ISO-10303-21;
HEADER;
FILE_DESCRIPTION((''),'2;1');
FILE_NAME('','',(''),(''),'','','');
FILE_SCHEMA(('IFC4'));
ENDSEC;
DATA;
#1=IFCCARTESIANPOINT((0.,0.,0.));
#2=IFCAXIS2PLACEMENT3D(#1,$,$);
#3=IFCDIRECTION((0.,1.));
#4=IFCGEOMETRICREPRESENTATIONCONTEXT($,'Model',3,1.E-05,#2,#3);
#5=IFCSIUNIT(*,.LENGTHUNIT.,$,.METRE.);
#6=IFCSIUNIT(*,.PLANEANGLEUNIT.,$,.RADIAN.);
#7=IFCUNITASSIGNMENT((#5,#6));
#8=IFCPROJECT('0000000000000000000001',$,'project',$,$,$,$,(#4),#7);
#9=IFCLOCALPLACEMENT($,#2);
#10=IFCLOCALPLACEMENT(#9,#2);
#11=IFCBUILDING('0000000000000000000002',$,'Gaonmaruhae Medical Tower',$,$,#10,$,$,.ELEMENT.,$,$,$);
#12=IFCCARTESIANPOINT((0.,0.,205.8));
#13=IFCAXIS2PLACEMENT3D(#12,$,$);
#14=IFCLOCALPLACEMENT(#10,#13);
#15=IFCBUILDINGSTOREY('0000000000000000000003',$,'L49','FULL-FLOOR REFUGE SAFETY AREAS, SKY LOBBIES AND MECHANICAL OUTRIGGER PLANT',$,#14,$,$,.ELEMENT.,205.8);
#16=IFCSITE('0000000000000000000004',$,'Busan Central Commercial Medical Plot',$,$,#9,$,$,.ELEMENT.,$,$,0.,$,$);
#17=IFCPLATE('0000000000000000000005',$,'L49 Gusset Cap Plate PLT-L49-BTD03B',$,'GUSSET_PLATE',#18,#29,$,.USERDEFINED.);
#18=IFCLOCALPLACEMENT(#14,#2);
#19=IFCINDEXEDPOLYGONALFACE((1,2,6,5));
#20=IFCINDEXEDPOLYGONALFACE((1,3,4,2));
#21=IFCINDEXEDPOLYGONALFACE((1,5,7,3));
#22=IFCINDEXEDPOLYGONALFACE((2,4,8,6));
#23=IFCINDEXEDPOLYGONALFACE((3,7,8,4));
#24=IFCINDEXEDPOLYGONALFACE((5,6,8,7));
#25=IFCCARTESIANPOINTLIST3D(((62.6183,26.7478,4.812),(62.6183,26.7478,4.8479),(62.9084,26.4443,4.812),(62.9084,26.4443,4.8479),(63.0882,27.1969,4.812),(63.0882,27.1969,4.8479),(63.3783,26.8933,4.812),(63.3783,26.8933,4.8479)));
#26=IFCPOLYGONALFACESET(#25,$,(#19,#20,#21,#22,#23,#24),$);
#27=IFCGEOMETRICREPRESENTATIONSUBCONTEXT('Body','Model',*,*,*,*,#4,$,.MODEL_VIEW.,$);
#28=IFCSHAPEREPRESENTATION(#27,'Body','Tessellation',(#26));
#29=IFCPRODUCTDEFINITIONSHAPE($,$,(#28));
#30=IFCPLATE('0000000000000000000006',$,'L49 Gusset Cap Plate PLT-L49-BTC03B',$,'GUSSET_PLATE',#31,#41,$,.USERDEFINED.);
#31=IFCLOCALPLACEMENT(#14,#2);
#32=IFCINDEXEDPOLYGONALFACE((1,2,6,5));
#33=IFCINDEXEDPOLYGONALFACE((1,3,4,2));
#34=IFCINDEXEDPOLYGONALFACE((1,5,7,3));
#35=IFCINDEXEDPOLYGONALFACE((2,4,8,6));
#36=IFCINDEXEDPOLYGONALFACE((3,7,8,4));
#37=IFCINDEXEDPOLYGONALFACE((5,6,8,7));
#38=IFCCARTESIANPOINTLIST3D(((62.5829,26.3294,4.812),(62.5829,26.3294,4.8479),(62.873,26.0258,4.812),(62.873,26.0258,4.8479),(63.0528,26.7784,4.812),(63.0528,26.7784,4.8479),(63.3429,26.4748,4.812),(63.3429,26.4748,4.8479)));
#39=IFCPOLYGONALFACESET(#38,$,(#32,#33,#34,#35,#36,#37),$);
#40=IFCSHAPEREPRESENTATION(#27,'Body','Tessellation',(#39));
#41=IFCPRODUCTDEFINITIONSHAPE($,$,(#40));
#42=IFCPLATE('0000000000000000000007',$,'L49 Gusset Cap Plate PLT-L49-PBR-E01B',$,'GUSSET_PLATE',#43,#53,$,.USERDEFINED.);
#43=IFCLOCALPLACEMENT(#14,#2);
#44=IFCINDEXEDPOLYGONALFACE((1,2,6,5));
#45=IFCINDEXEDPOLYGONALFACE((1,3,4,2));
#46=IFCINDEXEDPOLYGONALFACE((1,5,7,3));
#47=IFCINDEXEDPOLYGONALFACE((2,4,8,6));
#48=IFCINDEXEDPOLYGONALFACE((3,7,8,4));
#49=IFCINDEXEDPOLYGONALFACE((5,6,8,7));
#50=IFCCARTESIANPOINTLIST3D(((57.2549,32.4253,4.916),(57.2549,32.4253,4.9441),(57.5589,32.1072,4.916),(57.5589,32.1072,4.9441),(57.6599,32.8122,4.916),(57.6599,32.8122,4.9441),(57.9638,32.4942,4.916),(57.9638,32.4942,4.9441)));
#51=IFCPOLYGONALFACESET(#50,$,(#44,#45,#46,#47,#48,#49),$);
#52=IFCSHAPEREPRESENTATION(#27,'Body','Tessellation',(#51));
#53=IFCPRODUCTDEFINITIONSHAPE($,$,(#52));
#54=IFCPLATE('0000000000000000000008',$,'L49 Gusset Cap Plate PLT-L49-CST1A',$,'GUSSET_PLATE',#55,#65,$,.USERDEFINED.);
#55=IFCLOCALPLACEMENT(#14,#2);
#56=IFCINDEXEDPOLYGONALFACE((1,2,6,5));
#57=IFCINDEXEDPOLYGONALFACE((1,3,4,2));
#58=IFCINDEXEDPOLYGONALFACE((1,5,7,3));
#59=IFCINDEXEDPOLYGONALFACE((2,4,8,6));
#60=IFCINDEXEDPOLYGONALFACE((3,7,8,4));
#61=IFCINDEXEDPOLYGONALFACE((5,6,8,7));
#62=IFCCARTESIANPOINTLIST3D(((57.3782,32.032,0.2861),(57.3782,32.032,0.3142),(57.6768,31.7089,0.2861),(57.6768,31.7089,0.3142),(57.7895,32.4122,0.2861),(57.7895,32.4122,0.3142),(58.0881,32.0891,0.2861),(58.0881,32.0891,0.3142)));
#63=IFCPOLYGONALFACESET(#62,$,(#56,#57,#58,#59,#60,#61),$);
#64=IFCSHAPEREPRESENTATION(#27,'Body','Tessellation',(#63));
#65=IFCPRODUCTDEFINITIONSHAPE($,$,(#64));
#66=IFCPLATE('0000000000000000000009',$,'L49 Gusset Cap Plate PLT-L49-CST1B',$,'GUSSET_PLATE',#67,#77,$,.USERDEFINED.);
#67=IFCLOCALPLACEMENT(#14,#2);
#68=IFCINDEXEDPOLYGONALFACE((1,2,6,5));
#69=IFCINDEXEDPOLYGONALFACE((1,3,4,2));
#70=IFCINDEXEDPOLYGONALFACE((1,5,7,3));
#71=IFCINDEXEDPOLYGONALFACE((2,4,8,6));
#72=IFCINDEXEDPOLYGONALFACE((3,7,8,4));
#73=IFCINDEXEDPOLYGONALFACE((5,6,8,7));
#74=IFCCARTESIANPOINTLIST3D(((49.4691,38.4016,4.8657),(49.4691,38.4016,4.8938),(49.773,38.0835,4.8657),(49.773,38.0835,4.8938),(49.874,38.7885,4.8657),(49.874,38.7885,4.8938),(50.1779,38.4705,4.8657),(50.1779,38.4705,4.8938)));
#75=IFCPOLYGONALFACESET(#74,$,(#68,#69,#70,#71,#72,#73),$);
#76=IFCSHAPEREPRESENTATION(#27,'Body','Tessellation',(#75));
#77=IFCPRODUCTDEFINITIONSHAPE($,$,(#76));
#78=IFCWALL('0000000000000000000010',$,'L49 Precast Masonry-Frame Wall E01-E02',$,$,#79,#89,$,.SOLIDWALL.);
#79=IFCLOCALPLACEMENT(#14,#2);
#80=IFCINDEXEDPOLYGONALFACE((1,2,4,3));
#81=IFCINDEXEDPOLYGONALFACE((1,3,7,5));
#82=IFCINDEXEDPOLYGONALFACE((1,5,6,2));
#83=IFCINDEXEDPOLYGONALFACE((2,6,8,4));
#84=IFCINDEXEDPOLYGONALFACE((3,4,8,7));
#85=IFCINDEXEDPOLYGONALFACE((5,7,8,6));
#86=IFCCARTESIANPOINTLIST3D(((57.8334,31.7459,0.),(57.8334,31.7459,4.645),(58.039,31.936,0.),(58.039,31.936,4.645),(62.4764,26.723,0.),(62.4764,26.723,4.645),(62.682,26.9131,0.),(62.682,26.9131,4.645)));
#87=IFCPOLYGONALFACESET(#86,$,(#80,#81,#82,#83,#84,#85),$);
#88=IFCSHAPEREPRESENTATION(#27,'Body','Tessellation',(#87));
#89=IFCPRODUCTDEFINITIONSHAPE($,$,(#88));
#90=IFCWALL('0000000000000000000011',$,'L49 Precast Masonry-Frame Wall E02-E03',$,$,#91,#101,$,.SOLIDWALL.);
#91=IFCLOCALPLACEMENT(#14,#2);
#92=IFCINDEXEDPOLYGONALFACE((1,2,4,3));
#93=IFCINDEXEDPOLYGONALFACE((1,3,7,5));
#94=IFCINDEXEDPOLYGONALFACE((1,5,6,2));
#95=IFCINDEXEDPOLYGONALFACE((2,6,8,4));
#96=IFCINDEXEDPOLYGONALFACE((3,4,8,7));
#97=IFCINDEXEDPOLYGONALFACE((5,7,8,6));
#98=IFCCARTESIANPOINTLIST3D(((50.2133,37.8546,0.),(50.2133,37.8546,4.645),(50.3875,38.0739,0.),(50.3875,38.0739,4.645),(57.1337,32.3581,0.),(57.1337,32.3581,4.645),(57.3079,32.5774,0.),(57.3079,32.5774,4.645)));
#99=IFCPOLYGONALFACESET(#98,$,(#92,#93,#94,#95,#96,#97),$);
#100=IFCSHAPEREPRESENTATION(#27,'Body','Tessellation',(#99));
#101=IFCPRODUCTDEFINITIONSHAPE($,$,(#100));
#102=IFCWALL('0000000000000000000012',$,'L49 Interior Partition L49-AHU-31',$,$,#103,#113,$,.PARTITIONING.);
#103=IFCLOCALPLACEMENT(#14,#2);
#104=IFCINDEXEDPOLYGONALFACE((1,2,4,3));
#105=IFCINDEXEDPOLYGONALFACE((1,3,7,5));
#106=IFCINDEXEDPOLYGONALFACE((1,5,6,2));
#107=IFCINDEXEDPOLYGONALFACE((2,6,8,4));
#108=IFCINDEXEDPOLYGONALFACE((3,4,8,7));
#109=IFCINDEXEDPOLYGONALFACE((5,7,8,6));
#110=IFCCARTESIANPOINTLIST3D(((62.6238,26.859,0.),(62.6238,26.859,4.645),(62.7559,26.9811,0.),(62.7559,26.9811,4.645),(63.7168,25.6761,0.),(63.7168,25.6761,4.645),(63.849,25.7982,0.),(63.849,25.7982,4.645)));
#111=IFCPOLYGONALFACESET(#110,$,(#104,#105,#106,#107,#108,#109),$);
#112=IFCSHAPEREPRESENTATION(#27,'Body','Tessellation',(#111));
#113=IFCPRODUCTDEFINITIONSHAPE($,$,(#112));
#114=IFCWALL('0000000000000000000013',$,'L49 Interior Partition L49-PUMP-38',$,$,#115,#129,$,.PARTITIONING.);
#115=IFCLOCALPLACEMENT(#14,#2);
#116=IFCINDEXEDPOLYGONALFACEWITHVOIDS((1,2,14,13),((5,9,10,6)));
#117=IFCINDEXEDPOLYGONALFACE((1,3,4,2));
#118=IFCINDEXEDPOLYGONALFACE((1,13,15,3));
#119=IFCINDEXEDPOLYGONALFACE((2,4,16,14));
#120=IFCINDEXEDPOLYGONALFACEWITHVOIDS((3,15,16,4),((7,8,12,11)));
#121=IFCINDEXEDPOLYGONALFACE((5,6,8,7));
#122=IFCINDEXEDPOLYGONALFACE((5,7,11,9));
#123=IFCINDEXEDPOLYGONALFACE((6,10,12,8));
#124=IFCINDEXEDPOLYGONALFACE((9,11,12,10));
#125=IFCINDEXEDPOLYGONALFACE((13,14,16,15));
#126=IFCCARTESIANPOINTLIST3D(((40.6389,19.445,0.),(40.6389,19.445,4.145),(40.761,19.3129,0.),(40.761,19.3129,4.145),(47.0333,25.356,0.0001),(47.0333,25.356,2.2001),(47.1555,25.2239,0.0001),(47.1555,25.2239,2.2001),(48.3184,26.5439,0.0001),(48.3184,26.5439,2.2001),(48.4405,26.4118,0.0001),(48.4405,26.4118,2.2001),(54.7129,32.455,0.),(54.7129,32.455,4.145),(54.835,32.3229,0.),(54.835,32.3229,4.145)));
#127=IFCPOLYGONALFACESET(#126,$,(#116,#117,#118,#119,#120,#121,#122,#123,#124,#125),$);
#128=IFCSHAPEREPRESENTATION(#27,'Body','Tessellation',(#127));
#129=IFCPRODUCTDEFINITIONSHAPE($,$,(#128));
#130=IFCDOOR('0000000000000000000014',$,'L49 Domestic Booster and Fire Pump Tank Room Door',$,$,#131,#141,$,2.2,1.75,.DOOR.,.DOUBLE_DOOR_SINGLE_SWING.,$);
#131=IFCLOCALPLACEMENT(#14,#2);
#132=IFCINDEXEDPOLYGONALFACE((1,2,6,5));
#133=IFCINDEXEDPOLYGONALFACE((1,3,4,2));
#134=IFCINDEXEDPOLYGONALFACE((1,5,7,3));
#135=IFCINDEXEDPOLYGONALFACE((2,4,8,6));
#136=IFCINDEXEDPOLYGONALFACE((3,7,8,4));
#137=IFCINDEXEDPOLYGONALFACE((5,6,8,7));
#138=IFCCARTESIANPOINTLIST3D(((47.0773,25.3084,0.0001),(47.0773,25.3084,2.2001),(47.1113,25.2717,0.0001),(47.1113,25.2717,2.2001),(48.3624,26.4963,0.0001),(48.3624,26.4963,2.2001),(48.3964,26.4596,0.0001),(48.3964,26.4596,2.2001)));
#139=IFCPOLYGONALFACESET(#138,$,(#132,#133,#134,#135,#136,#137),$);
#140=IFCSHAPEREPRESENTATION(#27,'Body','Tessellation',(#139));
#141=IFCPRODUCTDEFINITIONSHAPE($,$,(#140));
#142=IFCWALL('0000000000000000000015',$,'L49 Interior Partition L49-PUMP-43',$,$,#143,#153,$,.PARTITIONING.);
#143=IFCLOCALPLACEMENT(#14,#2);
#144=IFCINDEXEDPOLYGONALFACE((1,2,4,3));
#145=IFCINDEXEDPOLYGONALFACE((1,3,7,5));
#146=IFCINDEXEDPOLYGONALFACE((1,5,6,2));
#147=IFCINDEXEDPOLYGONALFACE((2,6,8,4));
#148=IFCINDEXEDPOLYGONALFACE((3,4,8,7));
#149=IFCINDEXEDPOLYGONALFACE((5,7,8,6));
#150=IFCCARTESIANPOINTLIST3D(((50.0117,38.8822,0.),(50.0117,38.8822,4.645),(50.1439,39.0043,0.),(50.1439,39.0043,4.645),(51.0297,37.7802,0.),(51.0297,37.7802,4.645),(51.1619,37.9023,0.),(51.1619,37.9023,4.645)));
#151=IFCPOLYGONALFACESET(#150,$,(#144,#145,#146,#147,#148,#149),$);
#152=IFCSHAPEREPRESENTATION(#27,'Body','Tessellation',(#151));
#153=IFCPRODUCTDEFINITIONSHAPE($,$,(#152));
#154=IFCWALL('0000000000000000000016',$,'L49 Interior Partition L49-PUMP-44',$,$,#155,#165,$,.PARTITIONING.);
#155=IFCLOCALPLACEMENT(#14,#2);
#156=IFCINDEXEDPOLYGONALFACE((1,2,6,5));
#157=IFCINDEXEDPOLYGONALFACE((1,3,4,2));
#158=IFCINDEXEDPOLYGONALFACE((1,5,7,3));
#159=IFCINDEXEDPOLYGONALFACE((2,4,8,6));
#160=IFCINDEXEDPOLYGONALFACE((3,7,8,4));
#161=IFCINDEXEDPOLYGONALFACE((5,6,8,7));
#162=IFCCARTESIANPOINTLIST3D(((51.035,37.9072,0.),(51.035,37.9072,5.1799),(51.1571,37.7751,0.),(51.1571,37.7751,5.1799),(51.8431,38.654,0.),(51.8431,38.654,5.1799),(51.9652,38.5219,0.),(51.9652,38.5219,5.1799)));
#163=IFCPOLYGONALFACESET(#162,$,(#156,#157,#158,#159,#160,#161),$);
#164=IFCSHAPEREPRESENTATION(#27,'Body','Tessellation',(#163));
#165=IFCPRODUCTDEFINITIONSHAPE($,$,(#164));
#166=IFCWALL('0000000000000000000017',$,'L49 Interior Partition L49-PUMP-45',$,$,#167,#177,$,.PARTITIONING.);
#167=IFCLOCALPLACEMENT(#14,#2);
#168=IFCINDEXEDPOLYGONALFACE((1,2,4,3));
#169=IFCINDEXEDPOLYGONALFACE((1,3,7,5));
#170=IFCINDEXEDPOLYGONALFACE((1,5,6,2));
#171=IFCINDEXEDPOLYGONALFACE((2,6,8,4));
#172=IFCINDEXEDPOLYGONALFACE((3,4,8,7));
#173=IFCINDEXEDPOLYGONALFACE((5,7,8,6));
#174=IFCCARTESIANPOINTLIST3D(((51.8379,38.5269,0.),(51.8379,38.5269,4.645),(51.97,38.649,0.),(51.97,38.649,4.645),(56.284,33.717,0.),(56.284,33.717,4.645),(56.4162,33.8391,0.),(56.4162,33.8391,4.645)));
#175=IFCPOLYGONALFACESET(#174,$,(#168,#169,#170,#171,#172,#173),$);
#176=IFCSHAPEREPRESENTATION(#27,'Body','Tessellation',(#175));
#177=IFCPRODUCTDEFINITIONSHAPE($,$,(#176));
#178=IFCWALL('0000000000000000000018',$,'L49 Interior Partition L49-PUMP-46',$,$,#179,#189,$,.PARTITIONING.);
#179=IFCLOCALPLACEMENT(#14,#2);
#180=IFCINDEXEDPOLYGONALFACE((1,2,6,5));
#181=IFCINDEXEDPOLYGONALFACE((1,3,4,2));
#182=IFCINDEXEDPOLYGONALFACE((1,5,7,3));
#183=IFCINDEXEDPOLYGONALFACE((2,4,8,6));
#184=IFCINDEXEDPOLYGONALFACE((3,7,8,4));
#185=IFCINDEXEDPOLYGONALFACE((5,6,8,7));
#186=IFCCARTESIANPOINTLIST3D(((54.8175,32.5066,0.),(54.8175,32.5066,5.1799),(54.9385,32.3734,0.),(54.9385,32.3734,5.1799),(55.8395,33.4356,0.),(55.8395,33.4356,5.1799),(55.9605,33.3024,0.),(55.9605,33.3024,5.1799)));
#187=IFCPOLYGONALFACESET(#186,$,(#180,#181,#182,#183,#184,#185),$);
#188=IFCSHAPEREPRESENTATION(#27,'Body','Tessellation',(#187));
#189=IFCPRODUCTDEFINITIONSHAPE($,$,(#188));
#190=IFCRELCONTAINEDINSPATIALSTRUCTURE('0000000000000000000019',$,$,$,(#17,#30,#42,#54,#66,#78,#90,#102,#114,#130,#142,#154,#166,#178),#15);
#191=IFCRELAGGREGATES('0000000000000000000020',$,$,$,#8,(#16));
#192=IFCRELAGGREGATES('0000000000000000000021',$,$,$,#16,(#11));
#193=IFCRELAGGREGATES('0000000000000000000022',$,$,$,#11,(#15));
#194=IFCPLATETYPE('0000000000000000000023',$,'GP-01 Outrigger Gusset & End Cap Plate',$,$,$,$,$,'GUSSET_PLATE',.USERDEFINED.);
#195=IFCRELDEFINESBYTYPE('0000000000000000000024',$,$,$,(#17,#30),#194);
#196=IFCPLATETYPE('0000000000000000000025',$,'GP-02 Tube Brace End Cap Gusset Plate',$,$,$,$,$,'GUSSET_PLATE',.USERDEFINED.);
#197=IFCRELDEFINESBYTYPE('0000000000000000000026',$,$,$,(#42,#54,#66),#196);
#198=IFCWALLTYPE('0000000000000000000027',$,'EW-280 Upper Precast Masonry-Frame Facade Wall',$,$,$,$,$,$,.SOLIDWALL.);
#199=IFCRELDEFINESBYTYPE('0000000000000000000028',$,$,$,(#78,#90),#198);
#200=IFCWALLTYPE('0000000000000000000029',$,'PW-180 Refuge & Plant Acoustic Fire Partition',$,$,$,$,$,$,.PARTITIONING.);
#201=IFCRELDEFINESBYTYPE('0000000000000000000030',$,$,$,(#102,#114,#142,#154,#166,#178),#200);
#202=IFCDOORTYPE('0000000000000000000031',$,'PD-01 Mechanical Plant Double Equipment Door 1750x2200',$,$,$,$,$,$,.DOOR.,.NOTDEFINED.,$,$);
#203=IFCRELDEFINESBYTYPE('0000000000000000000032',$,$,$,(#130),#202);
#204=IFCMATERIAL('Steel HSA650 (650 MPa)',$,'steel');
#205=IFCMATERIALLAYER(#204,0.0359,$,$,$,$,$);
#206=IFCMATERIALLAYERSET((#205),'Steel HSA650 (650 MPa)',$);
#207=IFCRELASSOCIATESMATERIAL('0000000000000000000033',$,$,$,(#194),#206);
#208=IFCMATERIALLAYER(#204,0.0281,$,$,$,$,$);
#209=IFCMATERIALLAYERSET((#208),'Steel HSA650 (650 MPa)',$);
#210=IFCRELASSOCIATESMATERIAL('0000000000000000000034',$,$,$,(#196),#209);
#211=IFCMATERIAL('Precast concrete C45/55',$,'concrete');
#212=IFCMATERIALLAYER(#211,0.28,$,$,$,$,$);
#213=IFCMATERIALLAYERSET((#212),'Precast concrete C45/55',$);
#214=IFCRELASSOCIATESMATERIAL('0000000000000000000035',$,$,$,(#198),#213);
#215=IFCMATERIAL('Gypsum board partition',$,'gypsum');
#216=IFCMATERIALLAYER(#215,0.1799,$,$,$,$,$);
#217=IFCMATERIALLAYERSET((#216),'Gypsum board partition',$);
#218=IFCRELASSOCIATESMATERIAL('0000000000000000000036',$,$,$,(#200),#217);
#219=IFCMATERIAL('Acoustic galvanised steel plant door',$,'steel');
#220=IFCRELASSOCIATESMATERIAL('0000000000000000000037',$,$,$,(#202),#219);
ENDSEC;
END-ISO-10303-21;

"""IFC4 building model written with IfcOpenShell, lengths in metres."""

from ifc_helpers import new_model, si_unit, direction, frame, frame_2d, origin, origin_2d, place, context, subcontext, project, spatial, rectangle, extrude, material, layer, layer_set, type_object, element, fill, save


model = new_model("IFC4")

# Units and contexts
model_context = context("Model", 3, precision=1e-05, world=origin(), true_north=direction((0.0, 1.0)))
body_context = subcontext(model_context, "Body", "Model", "MODEL_VIEW")
ifc_project = project(units=[si_unit("LENGTHUNIT", "METRE"), si_unit("PLANEANGLEUNIT", "RADIAN")], contexts=[model_context])

# Site, building, storey
site_placement = place(None, origin())
site = spatial("IfcSite", under=ifc_project, at=site_placement, Name="Busan Central Commercial Medical Plot", CompositionType="ELEMENT", RefElevation=0.0)
building_placement = place(site_placement, origin())
building = spatial("IfcBuilding", under=site, at=building_placement, Name="Gaonmaruhae Medical Tower", CompositionType="ELEMENT")
storey_placement = place(building_placement, frame((0.0, 0.0, 205.8)))
storey = spatial("IfcBuildingStorey", under=building, at=storey_placement, Name="L49", Description="FULL-FLOOR REFUGE SAFETY AREAS, SKY LOBBIES AND MECHANICAL OUTRIGGER PLANT", CompositionType="ELEMENT", Elevation=205.8)

# Plates
ifc_material_1 = material(Name="Steel HSA650 (650 MPa)", Category="steel")
ifc_layer_1 = layer(ifc_material_1, 0.0359)
ifc_layer_set_1 = layer_set([ifc_layer_1], Name="Steel HSA650 (650 MPa)")
plate_type_1 = type_object("IfcPlateType", Name="GP-01 Outrigger Gusset & End Cap Plate", ElementType="GUSSET_PLATE", PredefinedType="USERDEFINED", material=ifc_layer_set_1)
for number, where, z_axis, x_axis, name in (
    (1, (62.9983, 26.8206, 4.812), (0.0, 0.0, 1.0), (0.722967, 0.690882, 0.0), "L49 Gusset Cap Plate PLT-L49-BTD03B"),
    (2, (62.9629, 26.4021, 4.812), (0.0, 0.0, 1.0), (0.722967, 0.690882, 0.0), "L49 Gusset Cap Plate PLT-L49-BTC03B"),
):
    element("IfcPlate", number, at=place(storey_placement, frame(where, z_axis=z_axis, x_axis=x_axis)), inside=storey, type_object=plate_type_1, Name=name, ObjectType="GUSSET_PLATE", PredefinedType="USERDEFINED", context=body_context, shape_type="SweptSolid", body=[
        extrude(rectangle(XDim=0.6499, YDim=0.4199, at=origin_2d()), origin(), (0.0, 0.0, 1.0), 0.0359),
    ])
ifc_layer_2 = layer(ifc_material_1, 0.0281)
ifc_layer_set_2 = layer_set([ifc_layer_2], Name="Steel HSA650 (650 MPa)")
plate_type_2 = type_object("IfcPlateType", Name="GP-02 Tube Brace End Cap Gusset Plate", ElementType="GUSSET_PLATE", PredefinedType="USERDEFINED", material=ifc_layer_set_2)
for number, where, z_axis, x_axis, name in (
    (3, (57.6094, 32.4597, 4.916), (0.0, 0.0, 1.0), (0.722967, 0.690882, 0.0), "L49 Gusset Cap Plate PLT-L49-PBR-E01B"),
    (4, (57.7332, 32.0605, 0.2861), (0.0, 0.0, 1.0), (0.734323, 0.678801, 0.0), "L49 Gusset Cap Plate PLT-L49-CST1A"),
    (5, (49.8235, 38.436, 4.8657), (0.0, 0.0, 1.0), (0.722967, 0.690882, 0.0), "L49 Gusset Cap Plate PLT-L49-CST1B"),
):
    element("IfcPlate", number, at=place(storey_placement, frame(where, z_axis=z_axis, x_axis=x_axis)), inside=storey, type_object=plate_type_2, Name=name, ObjectType="GUSSET_PLATE", PredefinedType="USERDEFINED", context=body_context, shape_type="SweptSolid", body=[
        extrude(rectangle(XDim=0.5601, YDim=0.4399, at=origin_2d()), origin(), (0.0, 0.0, 1.0), 0.0281),
    ])

# Walls
ifc_material_2 = material(Name="Precast concrete C45/55", Category="concrete")
ifc_layer_3 = layer(ifc_material_2, 0.28)
ifc_layer_set_3 = layer_set([ifc_layer_3], Name="Precast concrete C45/55")
wall_type_1 = type_object("IfcWallType", Name="EW-280 Upper Precast Masonry-Frame Facade Wall", PredefinedType="SOLIDWALL", material=ifc_layer_set_3)
wall_1_placement = place(storey_placement, frame((57.9363, 31.8408, 0.0), z_axis=(0.0, 0.0, 1.0), x_axis=(0.678793, -0.73433, 0.0)))
element("IfcWall", 6, at=wall_1_placement, inside=storey, type_object=wall_type_1, Name="L49 Precast Masonry-Frame Wall E01-E02", PredefinedType="SOLIDWALL", context=body_context, shape_type="SweptSolid", body=[
    extrude(rectangle(XDim=6.8401, YDim=0.28, at=frame_2d((3.4199, 0.0))), origin(), (0.0, 0.0, 1.0), 4.645),
])
wall_2_placement = place(storey_placement, frame((50.3003, 37.9644, 0.0), z_axis=(0.0, 0.0, 1.0), x_axis=(0.783058, -0.621949, 0.0)))
element("IfcWall", 7, at=wall_2_placement, inside=storey, type_object=wall_type_1, Name="L49 Precast Masonry-Frame Wall E02-E03", PredefinedType="SOLIDWALL", context=body_context, shape_type="SweptSolid", body=[
    extrude(rectangle(XDim=8.8376, YDim=0.28, at=frame_2d((4.4189, 0.0))), origin(), (0.0, 0.0, 1.0), 4.645),
])
ifc_material_3 = material(Name="Gypsum board partition", Category="gypsum")
ifc_layer_4 = layer(ifc_material_3, 0.1799)
ifc_layer_set_4 = layer_set([ifc_layer_4], Name="Gypsum board partition")
wall_type_2 = type_object("IfcWallType", Name="PW-180 Refuge & Plant Acoustic Fire Partition", PredefinedType="PARTITIONING", material=ifc_layer_set_4)
wall_3_placement = place(storey_placement, frame((62.6899, 26.9199, 0.0), z_axis=(0.0, 0.0, 1.0), x_axis=(0.678664, -0.734449, 0.0)))
element("IfcWall", 8, at=wall_3_placement, inside=storey, type_object=wall_type_2, Name="L49 Interior Partition L49-AHU-31", PredefinedType="PARTITIONING", context=body_context, shape_type="SweptSolid", body=[
    extrude(rectangle(XDim=1.6106, YDim=0.1799, at=frame_2d((0.8052, 0.0))), origin(), (0.0, 0.0, 1.0), 4.645),
])

# Wall, opening, door
wall_4_placement = place(storey_placement, frame((54.7739, 32.3889, 0.0), z_axis=(0.0, 0.0, 1.0), x_axis=(-0.734318, -0.678805, 0.0)))
wall_4 = element("IfcWall", 9, at=wall_4_placement, inside=storey, type_object=wall_type_2, Name="L49 Interior Partition L49-PUMP-38", PredefinedType="PARTITIONING", context=body_context, shape_type="SweptSolid", body=[
    extrude(rectangle(XDim=19.166, YDim=0.1799, at=frame_2d((9.583, 0.0))), origin(), (0.0, 0.0, 1.0), 4.145),
])
opening_placement = place(wall_4_placement, frame((8.708, 0.0, 0.0)))
opening = element("IfcOpeningElement", 10, at=opening_placement, cuts=wall_4, PredefinedType="OPENING", context=body_context, shape_type="SweptSolid", body=[
    extrude(rectangle(XDim=1.75, YDim=2.2, at=frame_2d((0.875, 1.1001))), frame((0.0, 0.1001, 0.0), z_axis=(0.0, -1.0, 0.0), x_axis=(1.0, 0.0, 0.0)), (0.0, 0.0, 1.0), 0.2),
])
ifc_material_4 = material(Name="Acoustic galvanised steel plant door", Category="steel")
door_type = type_object("IfcDoorType", Name="PD-01 Mechanical Plant Double Equipment Door 1750x2200", OperationType="NOTDEFINED", PredefinedType="DOOR", material=ifc_material_4)
door_placement = place(opening_placement, origin())
door = element("IfcDoor", 11, at=door_placement, inside=storey, type_object=door_type, Name="L49 Domestic Booster and Fire Pump Tank Room Door", OperationType="DOUBLE_DOOR_SINGLE_SWING", OverallHeight=2.2, OverallWidth=1.75, PredefinedType="DOOR", context=body_context, shape_type="SweptSolid", body=[
    extrude(rectangle(XDim=1.75, YDim=2.2, at=frame_2d((0.875, 1.1001))), frame((0.0, 0.0249, 0.0), z_axis=(0.0, -1.0, 0.0), x_axis=(1.0, 0.0, 0.0)), (0.0, 0.0, 1.0), 0.05),
])
fill(opening, door)

# Walls
wall_5_placement = place(storey_placement, frame((50.0779, 38.9431, 0.0), z_axis=(0.0, 0.0, 1.0), x_axis=(0.678564, -0.734541, 0.0)))
element("IfcWall", 12, at=wall_5_placement, inside=storey, type_object=wall_type_2, Name="L49 Interior Partition L49-PUMP-43", PredefinedType="PARTITIONING", context=body_context, shape_type="SweptSolid", body=[
    extrude(rectangle(XDim=1.5002, YDim=0.1799, at=frame_2d((0.75, 0.0))), origin(), (0.0, 0.0, 1.0), 4.645),
])
wall_6_placement = place(storey_placement, frame((51.0959, 37.8411, 0.0), z_axis=(0.0, 0.0, 1.0), x_axis=(0.734404, 0.678713, 0.0)))
element("IfcWall", 13, at=wall_6_placement, inside=storey, type_object=wall_type_2, Name="L49 Interior Partition L49-PUMP-44", PredefinedType="PARTITIONING", context=body_context, shape_type="SweptSolid", body=[
    extrude(rectangle(XDim=1.1003, YDim=0.1799, at=frame_2d((0.5503, 0.0))), origin(), (0.0, 0.0, 1.0), 5.1799),
])
wall_7_placement = place(storey_placement, frame((51.9041, 38.5879, 0.0), z_axis=(0.0, 0.0, 1.0), x_axis=(0.678792, -0.73433, 0.0)))
element("IfcWall", 14, at=wall_7_placement, inside=storey, type_object=wall_type_2, Name="L49 Interior Partition L49-PUMP-45", PredefinedType="PARTITIONING", context=body_context, shape_type="SweptSolid", body=[
    extrude(rectangle(XDim=6.55, YDim=0.1799, at=frame_2d((3.2749, 0.0))), origin(), (0.0, 0.0, 1.0), 4.645),
])
wall_8_placement = place(storey_placement, frame((55.8999, 33.3689, 0.0), z_axis=(0.0, 0.0, 1.0), x_axis=(-0.73998, -0.672629, 0.0)))
element("IfcWall", 15, at=wall_8_placement, inside=storey, type_object=wall_type_2, Name="L49 Interior Partition L49-PUMP-46", PredefinedType="PARTITIONING", context=body_context, shape_type="SweptSolid", body=[
    extrude(rectangle(XDim=1.3811, YDim=0.1799, at=frame_2d((0.6904, 0.0))), origin(), (0.0, 0.0, 1.0), 5.1799),
])

save(model, "model.ifc")
